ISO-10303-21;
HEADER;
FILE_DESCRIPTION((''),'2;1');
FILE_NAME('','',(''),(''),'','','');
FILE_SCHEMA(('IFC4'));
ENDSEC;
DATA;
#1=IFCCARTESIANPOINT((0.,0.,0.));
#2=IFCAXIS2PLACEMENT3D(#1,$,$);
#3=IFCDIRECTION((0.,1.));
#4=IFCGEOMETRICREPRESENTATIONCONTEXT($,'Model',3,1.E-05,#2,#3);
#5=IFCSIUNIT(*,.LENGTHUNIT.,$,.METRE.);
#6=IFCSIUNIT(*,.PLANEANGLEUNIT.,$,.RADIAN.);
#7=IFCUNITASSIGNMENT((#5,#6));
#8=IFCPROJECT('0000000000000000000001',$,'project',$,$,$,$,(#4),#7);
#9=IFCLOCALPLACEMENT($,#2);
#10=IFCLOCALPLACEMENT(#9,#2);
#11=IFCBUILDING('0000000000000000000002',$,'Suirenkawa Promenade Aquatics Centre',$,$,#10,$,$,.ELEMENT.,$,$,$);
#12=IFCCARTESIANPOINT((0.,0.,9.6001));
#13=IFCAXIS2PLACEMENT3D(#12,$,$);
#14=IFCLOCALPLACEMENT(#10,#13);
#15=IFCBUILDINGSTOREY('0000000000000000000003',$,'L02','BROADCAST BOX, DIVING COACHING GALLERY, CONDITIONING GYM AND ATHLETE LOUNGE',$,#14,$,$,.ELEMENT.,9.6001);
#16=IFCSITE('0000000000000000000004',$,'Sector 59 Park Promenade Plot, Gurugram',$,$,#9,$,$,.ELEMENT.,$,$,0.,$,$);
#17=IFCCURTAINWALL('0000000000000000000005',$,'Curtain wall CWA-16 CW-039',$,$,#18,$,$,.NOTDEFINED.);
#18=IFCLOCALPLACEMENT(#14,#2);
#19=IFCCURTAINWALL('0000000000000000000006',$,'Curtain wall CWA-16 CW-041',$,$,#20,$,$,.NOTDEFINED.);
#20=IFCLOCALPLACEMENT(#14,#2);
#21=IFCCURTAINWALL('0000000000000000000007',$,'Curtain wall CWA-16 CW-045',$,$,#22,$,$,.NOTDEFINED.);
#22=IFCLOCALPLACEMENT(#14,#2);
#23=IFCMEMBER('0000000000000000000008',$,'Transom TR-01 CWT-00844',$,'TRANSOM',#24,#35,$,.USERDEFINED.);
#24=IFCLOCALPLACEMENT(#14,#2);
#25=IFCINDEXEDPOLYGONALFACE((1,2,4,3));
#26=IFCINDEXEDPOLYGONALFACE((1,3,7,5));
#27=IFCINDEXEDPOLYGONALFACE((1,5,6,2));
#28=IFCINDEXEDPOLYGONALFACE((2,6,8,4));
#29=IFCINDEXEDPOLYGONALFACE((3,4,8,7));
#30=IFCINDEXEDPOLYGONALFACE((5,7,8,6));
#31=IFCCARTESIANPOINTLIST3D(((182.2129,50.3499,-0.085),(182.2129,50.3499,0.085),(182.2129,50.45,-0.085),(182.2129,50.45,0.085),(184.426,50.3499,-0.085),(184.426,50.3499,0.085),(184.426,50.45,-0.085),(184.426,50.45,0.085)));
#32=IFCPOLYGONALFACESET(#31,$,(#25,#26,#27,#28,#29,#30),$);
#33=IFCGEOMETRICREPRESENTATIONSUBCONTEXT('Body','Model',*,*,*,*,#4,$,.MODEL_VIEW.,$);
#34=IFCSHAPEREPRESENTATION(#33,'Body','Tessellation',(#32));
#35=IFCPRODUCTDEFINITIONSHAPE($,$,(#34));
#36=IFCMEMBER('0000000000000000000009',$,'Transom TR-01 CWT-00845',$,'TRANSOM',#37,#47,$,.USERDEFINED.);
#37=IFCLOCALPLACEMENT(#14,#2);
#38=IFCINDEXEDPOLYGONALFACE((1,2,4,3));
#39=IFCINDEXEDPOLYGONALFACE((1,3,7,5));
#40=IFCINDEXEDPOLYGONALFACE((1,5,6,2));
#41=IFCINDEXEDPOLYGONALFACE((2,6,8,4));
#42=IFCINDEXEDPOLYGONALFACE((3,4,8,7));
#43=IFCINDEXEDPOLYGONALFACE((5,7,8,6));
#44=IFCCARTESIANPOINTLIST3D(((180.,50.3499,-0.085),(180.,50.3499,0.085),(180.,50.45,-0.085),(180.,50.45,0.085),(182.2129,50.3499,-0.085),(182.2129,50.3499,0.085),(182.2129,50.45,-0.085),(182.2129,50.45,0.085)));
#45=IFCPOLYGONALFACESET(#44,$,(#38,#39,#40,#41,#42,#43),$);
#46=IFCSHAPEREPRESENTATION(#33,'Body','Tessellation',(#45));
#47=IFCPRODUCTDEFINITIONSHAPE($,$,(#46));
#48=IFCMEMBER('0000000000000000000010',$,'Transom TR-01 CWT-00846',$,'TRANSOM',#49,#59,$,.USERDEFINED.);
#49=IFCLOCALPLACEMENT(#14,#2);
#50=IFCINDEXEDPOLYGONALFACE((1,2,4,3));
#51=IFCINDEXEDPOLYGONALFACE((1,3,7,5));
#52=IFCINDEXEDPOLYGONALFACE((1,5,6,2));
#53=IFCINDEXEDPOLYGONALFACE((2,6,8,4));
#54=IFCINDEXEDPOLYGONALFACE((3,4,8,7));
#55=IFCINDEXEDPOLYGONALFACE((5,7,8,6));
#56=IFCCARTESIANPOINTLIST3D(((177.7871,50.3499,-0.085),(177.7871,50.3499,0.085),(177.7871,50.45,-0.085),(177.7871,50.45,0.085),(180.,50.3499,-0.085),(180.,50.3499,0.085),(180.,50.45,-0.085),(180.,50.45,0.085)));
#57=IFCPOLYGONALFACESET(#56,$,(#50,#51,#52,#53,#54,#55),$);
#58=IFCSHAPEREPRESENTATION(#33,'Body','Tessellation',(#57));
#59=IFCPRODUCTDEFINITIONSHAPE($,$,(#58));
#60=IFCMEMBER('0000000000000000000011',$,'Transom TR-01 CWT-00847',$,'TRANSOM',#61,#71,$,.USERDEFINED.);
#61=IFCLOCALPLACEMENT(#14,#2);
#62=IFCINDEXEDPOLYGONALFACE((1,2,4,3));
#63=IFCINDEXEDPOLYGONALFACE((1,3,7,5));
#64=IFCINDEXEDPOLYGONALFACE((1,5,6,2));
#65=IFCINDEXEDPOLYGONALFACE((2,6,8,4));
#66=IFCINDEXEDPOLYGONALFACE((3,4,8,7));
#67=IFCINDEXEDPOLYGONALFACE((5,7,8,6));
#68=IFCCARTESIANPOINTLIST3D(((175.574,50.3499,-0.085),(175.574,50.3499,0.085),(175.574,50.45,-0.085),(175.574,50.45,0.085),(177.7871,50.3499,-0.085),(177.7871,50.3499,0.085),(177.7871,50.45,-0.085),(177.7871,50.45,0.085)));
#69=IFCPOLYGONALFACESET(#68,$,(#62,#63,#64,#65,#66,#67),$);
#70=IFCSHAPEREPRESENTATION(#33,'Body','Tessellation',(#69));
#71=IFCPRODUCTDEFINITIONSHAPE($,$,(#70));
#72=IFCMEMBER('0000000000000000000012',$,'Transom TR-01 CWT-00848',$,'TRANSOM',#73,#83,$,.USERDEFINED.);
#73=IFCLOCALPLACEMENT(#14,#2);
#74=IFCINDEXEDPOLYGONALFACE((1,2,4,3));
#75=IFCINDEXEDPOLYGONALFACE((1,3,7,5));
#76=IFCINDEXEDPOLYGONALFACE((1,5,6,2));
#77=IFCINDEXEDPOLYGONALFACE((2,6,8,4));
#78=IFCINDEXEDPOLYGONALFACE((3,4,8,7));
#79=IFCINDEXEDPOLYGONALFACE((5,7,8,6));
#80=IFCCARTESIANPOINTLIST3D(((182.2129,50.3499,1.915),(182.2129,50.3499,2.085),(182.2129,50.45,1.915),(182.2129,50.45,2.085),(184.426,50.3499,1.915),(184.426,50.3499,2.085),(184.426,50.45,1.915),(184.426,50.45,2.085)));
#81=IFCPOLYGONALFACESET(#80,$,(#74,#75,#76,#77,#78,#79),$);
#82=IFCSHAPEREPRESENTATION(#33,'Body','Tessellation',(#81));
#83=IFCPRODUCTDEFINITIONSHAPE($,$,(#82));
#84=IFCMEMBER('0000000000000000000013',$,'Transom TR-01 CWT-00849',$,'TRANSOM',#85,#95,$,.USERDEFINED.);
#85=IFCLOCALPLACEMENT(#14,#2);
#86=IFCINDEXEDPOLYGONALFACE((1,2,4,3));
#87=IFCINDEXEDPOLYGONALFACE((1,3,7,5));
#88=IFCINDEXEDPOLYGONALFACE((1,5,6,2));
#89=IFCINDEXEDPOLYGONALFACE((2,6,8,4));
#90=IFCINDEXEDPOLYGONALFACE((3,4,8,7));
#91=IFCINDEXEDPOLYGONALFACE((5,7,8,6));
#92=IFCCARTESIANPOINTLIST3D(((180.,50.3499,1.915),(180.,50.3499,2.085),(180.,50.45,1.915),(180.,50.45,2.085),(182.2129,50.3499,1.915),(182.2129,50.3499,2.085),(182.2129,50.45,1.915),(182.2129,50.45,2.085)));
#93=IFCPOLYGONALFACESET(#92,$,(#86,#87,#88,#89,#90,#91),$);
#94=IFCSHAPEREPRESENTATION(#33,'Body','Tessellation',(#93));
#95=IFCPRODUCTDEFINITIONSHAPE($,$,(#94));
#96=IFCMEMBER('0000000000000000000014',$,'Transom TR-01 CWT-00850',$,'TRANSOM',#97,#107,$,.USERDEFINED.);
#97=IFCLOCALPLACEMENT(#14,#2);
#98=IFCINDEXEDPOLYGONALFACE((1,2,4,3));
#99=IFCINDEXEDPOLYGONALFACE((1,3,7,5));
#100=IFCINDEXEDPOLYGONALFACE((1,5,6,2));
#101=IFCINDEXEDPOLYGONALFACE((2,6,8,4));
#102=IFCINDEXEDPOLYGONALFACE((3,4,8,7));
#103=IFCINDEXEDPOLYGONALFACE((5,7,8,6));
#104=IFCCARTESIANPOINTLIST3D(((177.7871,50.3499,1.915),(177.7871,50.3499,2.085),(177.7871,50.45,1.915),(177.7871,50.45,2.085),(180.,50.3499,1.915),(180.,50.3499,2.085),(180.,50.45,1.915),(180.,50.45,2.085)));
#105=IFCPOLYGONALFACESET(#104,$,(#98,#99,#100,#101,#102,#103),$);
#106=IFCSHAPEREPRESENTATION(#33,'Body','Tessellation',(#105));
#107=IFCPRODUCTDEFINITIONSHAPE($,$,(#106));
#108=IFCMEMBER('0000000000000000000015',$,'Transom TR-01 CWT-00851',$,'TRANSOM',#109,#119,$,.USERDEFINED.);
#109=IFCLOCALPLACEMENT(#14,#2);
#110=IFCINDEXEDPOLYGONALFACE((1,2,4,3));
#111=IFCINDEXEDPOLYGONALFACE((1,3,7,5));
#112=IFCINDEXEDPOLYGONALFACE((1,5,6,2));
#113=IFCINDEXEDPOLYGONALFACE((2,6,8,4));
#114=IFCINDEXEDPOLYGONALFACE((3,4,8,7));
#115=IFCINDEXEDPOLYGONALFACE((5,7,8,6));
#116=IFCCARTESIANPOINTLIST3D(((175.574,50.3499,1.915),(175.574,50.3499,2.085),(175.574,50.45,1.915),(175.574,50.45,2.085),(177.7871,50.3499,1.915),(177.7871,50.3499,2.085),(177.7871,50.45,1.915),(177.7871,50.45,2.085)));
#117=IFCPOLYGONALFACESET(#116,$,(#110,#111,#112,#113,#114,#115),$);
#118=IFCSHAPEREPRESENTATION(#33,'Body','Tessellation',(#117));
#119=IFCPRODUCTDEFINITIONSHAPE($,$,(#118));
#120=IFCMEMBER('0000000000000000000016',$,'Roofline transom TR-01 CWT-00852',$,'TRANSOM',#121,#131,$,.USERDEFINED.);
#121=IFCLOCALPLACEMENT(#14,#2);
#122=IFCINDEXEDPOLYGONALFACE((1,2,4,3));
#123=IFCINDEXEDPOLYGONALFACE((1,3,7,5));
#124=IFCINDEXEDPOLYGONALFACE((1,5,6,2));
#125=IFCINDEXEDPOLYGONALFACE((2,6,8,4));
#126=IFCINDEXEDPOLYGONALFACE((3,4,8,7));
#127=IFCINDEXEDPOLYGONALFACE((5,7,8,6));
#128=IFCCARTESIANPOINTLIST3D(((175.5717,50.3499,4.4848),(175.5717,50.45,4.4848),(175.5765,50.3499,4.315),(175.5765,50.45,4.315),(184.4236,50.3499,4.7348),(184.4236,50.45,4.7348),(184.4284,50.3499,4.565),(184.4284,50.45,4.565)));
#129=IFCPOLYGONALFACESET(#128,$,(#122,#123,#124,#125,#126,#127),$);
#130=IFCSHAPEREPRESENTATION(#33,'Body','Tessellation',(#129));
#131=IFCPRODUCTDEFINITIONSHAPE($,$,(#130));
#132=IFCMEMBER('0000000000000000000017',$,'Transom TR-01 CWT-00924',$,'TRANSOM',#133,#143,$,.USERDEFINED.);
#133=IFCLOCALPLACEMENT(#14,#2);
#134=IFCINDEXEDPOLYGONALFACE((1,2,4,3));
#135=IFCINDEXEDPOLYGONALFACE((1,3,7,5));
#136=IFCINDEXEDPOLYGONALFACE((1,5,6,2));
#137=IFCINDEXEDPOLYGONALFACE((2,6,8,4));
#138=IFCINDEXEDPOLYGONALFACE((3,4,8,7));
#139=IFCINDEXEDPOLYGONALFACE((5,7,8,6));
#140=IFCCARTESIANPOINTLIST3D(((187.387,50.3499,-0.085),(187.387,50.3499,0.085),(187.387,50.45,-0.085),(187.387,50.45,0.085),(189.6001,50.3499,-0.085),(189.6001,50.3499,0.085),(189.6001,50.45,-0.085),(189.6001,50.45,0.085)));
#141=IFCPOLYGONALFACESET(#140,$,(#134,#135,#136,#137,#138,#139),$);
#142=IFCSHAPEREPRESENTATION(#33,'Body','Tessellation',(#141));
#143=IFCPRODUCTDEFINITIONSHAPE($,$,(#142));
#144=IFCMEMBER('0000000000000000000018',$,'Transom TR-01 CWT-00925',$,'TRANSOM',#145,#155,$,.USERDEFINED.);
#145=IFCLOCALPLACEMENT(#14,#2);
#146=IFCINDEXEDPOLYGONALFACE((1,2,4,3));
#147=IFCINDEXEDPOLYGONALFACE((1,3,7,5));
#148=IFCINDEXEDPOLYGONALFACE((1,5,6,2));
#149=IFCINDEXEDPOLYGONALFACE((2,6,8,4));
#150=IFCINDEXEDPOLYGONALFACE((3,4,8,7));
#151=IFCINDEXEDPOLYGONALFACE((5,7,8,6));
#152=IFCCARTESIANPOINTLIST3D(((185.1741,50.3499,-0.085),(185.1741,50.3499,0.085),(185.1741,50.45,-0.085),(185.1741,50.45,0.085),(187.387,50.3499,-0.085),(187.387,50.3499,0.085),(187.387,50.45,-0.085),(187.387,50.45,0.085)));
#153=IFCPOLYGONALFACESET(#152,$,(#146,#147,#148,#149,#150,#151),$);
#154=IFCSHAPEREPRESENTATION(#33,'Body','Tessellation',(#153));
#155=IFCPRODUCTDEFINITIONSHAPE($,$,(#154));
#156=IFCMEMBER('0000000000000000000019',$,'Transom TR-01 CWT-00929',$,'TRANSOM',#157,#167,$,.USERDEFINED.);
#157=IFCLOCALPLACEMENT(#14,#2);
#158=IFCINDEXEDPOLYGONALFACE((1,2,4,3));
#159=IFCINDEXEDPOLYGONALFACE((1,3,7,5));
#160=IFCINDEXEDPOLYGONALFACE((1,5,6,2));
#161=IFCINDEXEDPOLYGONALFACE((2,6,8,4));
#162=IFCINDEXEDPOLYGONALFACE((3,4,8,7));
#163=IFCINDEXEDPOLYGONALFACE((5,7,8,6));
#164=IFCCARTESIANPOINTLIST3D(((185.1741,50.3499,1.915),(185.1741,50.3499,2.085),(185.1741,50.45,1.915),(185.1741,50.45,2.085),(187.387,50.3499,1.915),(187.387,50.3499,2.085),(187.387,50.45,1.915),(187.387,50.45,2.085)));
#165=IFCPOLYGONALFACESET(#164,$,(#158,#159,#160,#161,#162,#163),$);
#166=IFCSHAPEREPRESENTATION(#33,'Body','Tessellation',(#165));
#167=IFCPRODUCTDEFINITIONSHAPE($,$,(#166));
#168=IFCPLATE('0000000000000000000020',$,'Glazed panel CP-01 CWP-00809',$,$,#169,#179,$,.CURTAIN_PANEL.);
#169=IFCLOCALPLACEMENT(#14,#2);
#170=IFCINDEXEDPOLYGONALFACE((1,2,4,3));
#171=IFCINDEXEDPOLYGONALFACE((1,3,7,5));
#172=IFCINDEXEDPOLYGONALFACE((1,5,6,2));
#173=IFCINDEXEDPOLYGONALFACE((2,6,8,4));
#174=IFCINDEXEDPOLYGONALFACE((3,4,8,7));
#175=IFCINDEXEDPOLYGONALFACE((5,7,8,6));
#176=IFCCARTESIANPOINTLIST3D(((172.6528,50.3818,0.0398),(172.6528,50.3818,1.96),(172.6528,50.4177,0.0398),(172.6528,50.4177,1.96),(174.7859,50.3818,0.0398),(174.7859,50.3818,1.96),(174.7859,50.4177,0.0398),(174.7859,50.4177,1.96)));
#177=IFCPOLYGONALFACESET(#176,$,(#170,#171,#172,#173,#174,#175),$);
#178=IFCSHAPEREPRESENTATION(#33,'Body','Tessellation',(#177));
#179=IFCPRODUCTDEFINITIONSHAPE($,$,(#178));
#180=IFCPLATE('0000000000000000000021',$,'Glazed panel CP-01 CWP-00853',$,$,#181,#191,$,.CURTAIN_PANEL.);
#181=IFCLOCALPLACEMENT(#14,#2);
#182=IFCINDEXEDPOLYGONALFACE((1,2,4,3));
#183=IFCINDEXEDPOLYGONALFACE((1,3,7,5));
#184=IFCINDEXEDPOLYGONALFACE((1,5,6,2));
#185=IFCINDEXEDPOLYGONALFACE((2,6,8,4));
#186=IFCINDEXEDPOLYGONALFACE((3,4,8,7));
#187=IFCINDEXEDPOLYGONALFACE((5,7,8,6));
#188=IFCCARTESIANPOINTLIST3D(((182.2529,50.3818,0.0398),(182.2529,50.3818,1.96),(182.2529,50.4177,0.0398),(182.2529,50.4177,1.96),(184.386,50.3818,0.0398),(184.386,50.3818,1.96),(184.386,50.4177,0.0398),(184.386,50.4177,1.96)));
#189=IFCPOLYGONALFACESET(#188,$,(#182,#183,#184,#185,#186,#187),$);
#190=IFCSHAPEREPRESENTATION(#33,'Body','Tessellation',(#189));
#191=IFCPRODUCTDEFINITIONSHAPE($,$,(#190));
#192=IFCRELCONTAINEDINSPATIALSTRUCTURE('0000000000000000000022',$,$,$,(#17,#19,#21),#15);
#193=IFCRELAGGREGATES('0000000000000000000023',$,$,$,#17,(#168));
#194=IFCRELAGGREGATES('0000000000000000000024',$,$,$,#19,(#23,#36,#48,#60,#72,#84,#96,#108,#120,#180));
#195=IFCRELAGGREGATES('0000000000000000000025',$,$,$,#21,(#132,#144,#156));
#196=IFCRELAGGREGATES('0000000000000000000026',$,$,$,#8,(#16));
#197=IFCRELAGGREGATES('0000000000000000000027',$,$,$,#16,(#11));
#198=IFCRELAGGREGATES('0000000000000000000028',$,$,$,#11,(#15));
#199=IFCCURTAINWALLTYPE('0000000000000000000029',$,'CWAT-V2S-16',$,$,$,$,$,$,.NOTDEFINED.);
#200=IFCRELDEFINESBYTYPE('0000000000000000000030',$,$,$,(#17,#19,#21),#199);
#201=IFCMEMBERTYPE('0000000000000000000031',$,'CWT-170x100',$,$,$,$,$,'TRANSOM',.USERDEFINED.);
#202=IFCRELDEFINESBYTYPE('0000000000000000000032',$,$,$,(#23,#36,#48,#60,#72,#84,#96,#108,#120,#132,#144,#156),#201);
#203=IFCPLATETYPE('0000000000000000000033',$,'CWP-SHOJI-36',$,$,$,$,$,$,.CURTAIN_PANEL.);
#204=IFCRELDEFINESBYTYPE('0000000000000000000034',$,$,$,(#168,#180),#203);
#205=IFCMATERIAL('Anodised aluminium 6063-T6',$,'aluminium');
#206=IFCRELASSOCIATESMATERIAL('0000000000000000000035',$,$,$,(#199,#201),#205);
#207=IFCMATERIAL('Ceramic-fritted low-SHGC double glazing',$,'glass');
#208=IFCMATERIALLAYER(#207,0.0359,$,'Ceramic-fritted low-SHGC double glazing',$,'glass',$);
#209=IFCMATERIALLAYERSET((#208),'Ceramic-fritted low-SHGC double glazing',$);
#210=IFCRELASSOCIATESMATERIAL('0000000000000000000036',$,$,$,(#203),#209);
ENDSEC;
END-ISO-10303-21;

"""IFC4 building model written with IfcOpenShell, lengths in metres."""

from ifc_helpers import new_model, si_unit, direction, frame, origin, origin_2d, place, context, subcontext, project, spatial, polyline, rectangle, outline, extrude, material, layer, layer_set, material_profile, profile_set, type_object, element, aggregate, save


model = new_model("IFC4")

# Units and contexts
model_context = context("Model", 3, precision=1e-05, world=origin(), true_north=direction((0.0, 1.0)))
body_context = subcontext(model_context, "Body", "Model", "MODEL_VIEW")
ifc_project = project(units=[si_unit("LENGTHUNIT", "METRE"), si_unit("PLANEANGLEUNIT", "RADIAN")], contexts=[model_context])

# Site, building, storey
site_placement = place(None, origin())
site = spatial("IfcSite", under=ifc_project, at=site_placement, Name="Sector 59 Park Promenade Plot, Gurugram", CompositionType="ELEMENT", RefElevation=0.0)
building_placement = place(site_placement, origin())
building = spatial("IfcBuilding", under=site, at=building_placement, Name="Suirenkawa Promenade Aquatics Centre", CompositionType="ELEMENT")
storey_placement = place(building_placement, frame((0.0, 0.0, 9.6001)))
storey = spatial("IfcBuildingStorey", under=building, at=storey_placement, Name="L02", Description="BROADCAST BOX, DIVING COACHING GALLERY, CONDITIONING GYM AND ATHLETE LOUNGE", CompositionType="ELEMENT", Elevation=9.6001)

# Curtain wall
ifc_material_1 = material(Name="Anodised aluminium 6063-T6", Category="aluminium")
curtain_wall_type = type_object("IfcCurtainWallType", Name="CWAT-V2S-16", PredefinedType="NOTDEFINED", material=ifc_material_1)
curtain_wall_1_placement = place(storey_placement, origin())
curtain_wall_1 = element("IfcCurtainWall", 1, at=curtain_wall_1_placement, inside=storey, type_object=curtain_wall_type, Name="Curtain wall CWA-16 CW-039", PredefinedType="NOTDEFINED")

# Curtain walls
curtain_wall_2_placement = place(storey_placement, origin())
curtain_wall_2 = element("IfcCurtainWall", 2, at=curtain_wall_2_placement, inside=storey, type_object=curtain_wall_type, Name="Curtain wall CWA-16 CW-041", PredefinedType="NOTDEFINED")
curtain_wall_3_placement = place(storey_placement, origin())
curtain_wall_3 = element("IfcCurtainWall", 3, at=curtain_wall_3_placement, inside=storey, type_object=curtain_wall_type, Name="Curtain wall CWA-16 CW-045", PredefinedType="NOTDEFINED")

# Members
ifc_material_profile_1 = material_profile(ifc_material_1, rectangle(XDim=0.1001, YDim=0.1699, at=origin_2d()), Name="ALU TRAN 100x170", Category="aluminium")
ifc_profile_set_1 = profile_set([ifc_material_profile_1], Name="Anodised aluminium 6063-T6")
member_type_1 = type_object("IfcMemberType", Name="CWT-170x100", ElementType="TRANSOM", PredefinedType="USERDEFINED", material=ifc_profile_set_1)
member_1_placement = place(storey_placement, frame((184.426, 50.3999, 0.0), z_axis=(-1.0, 0.0, 0.0), x_axis=(0.0, -1.0, 0.0)))
member_1 = element("IfcMember", 4, at=member_1_placement, type_object=member_type_1, Name="Transom TR-01 CWT-00844", ObjectType="TRANSOM", PredefinedType="USERDEFINED", context=body_context, shape_type="SweptSolid", body=[
    extrude(rectangle(XDim=0.1001, YDim=0.1699, at=origin_2d()), origin(), (0.0, 0.0, 1.0), 2.2131),
])
member_2_placement = place(storey_placement, frame((182.2129, 50.3999, 0.0), z_axis=(-1.0, 0.0, 0.0), x_axis=(0.0, -1.0, 0.0)))
member_2 = element("IfcMember", 5, at=member_2_placement, type_object=member_type_1, Name="Transom TR-01 CWT-00845", ObjectType="TRANSOM", PredefinedType="USERDEFINED", context=body_context, shape_type="SweptSolid", body=[
    extrude(rectangle(XDim=0.1001, YDim=0.1699, at=origin_2d()), origin(), (0.0, 0.0, 1.0), 2.2129),
])
member_3_placement = place(storey_placement, frame((180.0, 50.3999, 0.0), z_axis=(-1.0, 0.0, 0.0), x_axis=(0.0, -1.0, 0.0)))
member_3 = element("IfcMember", 6, at=member_3_placement, type_object=member_type_1, Name="Transom TR-01 CWT-00846", ObjectType="TRANSOM", PredefinedType="USERDEFINED", context=body_context, shape_type="SweptSolid", body=[
    extrude(rectangle(XDim=0.1001, YDim=0.1699, at=origin_2d()), origin(), (0.0, 0.0, 1.0), 2.2129),
])
member_4_placement = place(storey_placement, frame((177.7871, 50.3999, 0.0), z_axis=(-1.0, 0.0, 0.0), x_axis=(0.0, -1.0, 0.0)))
member_4 = element("IfcMember", 7, at=member_4_placement, type_object=member_type_1, Name="Transom TR-01 CWT-00847", ObjectType="TRANSOM", PredefinedType="USERDEFINED", context=body_context, shape_type="SweptSolid", body=[
    extrude(rectangle(XDim=0.1001, YDim=0.1699, at=origin_2d()), origin(), (0.0, 0.0, 1.0), 2.2131),
])
member_5_placement = place(storey_placement, frame((184.426, 50.3999, 2.0), z_axis=(-1.0, 0.0, 0.0), x_axis=(0.0, -1.0, 0.0)))
member_5 = element("IfcMember", 8, at=member_5_placement, type_object=member_type_1, Name="Transom TR-01 CWT-00848", ObjectType="TRANSOM", PredefinedType="USERDEFINED", context=body_context, shape_type="SweptSolid", body=[
    extrude(rectangle(XDim=0.1001, YDim=0.1699, at=origin_2d()), origin(), (0.0, 0.0, 1.0), 2.2131),
])
member_6_placement = place(storey_placement, frame((182.2129, 50.3999, 2.0), z_axis=(-1.0, 0.0, 0.0), x_axis=(0.0, -1.0, 0.0)))
member_6 = element("IfcMember", 9, at=member_6_placement, type_object=member_type_1, Name="Transom TR-01 CWT-00849", ObjectType="TRANSOM", PredefinedType="USERDEFINED", context=body_context, shape_type="SweptSolid", body=[
    extrude(rectangle(XDim=0.1001, YDim=0.1699, at=origin_2d()), origin(), (0.0, 0.0, 1.0), 2.2129),
])
member_7_placement = place(storey_placement, frame((180.0, 50.3999, 2.0), z_axis=(-1.0, 0.0, 0.0), x_axis=(0.0, -1.0, 0.0)))
member_7 = element("IfcMember", 10, at=member_7_placement, type_object=member_type_1, Name="Transom TR-01 CWT-00850", ObjectType="TRANSOM", PredefinedType="USERDEFINED", context=body_context, shape_type="SweptSolid", body=[
    extrude(rectangle(XDim=0.1001, YDim=0.1699, at=origin_2d()), origin(), (0.0, 0.0, 1.0), 2.2129),
])
member_8_placement = place(storey_placement, frame((177.7871, 50.3999, 2.0), z_axis=(-1.0, 0.0, 0.0), x_axis=(0.0, -1.0, 0.0)))
member_8 = element("IfcMember", 11, at=member_8_placement, type_object=member_type_1, Name="Transom TR-01 CWT-00851", ObjectType="TRANSOM", PredefinedType="USERDEFINED", context=body_context, shape_type="SweptSolid", body=[
    extrude(rectangle(XDim=0.1001, YDim=0.1699, at=origin_2d()), origin(), (0.0, 0.0, 1.0), 2.2131),
])
member_9_placement = place(storey_placement, frame((184.426, 50.3999, 4.6499), z_axis=(-0.999601, 0.0, -0.028231), x_axis=(0.0, -1.0, 0.0)))
member_9 = element("IfcMember", 12, at=member_9_placement, type_object=member_type_1, Name="Roofline transom TR-01 CWT-00852", ObjectType="TRANSOM", PredefinedType="USERDEFINED", context=body_context, shape_type="SweptSolid", body=[
    extrude(rectangle(XDim=0.1001, YDim=0.1699, at=origin_2d()), origin(), (0.0, 0.0, 1.0), 8.8555),
])
member_10_placement = place(storey_placement, frame((189.6001, 50.3999, 0.0), z_axis=(-1.0, 0.0, 0.0), x_axis=(0.0, -1.0, 0.0)))
member_10 = element("IfcMember", 13, at=member_10_placement, type_object=member_type_1, Name="Transom TR-01 CWT-00924", ObjectType="TRANSOM", PredefinedType="USERDEFINED", context=body_context, shape_type="SweptSolid", body=[
    extrude(rectangle(XDim=0.1001, YDim=0.1699, at=origin_2d()), origin(), (0.0, 0.0, 1.0), 2.2131),
])
member_11_placement = place(storey_placement, frame((187.387, 50.3999, 0.0), z_axis=(-1.0, 0.0, 0.0), x_axis=(0.0, -1.0, 0.0)))
member_11 = element("IfcMember", 14, at=member_11_placement, type_object=member_type_1, Name="Transom TR-01 CWT-00925", ObjectType="TRANSOM", PredefinedType="USERDEFINED", context=body_context, shape_type="SweptSolid", body=[
    extrude(rectangle(XDim=0.1001, YDim=0.1699, at=origin_2d()), origin(), (0.0, 0.0, 1.0), 2.2129),
])
member_12_placement = place(storey_placement, frame((187.387, 50.3999, 2.0), z_axis=(-1.0, 0.0, 0.0), x_axis=(0.0, -1.0, 0.0)))
member_12 = element("IfcMember", 15, at=member_12_placement, type_object=member_type_1, Name="Transom TR-01 CWT-00929", ObjectType="TRANSOM", PredefinedType="USERDEFINED", context=body_context, shape_type="SweptSolid", body=[
    extrude(rectangle(XDim=0.1001, YDim=0.1699, at=origin_2d()), origin(), (0.0, 0.0, 1.0), 2.2129),
])

# Plates
ifc_material_2 = material(Name="Ceramic-fritted low-SHGC double glazing", Category="glass")
ifc_layer = layer(ifc_material_2, 0.0359, Name="Ceramic-fritted low-SHGC double glazing", Category="glass")
ifc_layer_set = layer_set([ifc_layer], Name="Ceramic-fritted low-SHGC double glazing")
plate_type = type_object("IfcPlateType", Name="CWP-SHOJI-36", PredefinedType="CURTAIN_PANEL", material=ifc_layer_set)
plate_1_placement = place(storey_placement, frame((174.8259, 50.3999, 0.0398), z_axis=(0.0, 0.0, 1.0), x_axis=(-1.0, 0.0, 0.0)))
plate_1 = element("IfcPlate", 16, at=plate_1_placement, type_object=plate_type, Name="Glazed panel CP-01 CWP-00809", PredefinedType="CURTAIN_PANEL", context=body_context, shape_type="SweptSolid", body=[
    extrude(outline(polyline([(0.04, 0.0), (2.1731, 0.0), (2.1731, 1.9202), (0.04, 1.9202), (0.04, 0.0)])), frame((0.0, 0.0181, 0.0), z_axis=(0.0, -1.0, 0.0), x_axis=(1.0, 0.0, 0.0)), (0.0, 0.0, 1.0), 0.0359),
])
aggregate(curtain_wall_1, [plate_1])
plate_2_placement = place(storey_placement, frame((184.426, 50.3999, 0.0398), z_axis=(0.0, 0.0, 1.0), x_axis=(-1.0, 0.0, 0.0)))
plate_2 = element("IfcPlate", 17, at=plate_2_placement, type_object=plate_type, Name="Glazed panel CP-01 CWP-00853", PredefinedType="CURTAIN_PANEL", context=body_context, shape_type="SweptSolid", body=[
    extrude(outline(polyline([(0.04, 0.0), (2.1731, 0.0), (2.1731, 1.9202), (0.04, 1.9202), (0.04, 0.0)])), frame((0.0, 0.0181, 0.0), z_axis=(0.0, -1.0, 0.0), x_axis=(1.0, 0.0, 0.0)), (0.0, 0.0, 1.0), 0.0359),
])
aggregate(curtain_wall_2, [member_1, member_2, member_3, member_4, member_5, member_6, member_7, member_8, member_9, plate_2])
aggregate(curtain_wall_3, [member_10, member_11, member_12])

save(model, "model.ifc")
